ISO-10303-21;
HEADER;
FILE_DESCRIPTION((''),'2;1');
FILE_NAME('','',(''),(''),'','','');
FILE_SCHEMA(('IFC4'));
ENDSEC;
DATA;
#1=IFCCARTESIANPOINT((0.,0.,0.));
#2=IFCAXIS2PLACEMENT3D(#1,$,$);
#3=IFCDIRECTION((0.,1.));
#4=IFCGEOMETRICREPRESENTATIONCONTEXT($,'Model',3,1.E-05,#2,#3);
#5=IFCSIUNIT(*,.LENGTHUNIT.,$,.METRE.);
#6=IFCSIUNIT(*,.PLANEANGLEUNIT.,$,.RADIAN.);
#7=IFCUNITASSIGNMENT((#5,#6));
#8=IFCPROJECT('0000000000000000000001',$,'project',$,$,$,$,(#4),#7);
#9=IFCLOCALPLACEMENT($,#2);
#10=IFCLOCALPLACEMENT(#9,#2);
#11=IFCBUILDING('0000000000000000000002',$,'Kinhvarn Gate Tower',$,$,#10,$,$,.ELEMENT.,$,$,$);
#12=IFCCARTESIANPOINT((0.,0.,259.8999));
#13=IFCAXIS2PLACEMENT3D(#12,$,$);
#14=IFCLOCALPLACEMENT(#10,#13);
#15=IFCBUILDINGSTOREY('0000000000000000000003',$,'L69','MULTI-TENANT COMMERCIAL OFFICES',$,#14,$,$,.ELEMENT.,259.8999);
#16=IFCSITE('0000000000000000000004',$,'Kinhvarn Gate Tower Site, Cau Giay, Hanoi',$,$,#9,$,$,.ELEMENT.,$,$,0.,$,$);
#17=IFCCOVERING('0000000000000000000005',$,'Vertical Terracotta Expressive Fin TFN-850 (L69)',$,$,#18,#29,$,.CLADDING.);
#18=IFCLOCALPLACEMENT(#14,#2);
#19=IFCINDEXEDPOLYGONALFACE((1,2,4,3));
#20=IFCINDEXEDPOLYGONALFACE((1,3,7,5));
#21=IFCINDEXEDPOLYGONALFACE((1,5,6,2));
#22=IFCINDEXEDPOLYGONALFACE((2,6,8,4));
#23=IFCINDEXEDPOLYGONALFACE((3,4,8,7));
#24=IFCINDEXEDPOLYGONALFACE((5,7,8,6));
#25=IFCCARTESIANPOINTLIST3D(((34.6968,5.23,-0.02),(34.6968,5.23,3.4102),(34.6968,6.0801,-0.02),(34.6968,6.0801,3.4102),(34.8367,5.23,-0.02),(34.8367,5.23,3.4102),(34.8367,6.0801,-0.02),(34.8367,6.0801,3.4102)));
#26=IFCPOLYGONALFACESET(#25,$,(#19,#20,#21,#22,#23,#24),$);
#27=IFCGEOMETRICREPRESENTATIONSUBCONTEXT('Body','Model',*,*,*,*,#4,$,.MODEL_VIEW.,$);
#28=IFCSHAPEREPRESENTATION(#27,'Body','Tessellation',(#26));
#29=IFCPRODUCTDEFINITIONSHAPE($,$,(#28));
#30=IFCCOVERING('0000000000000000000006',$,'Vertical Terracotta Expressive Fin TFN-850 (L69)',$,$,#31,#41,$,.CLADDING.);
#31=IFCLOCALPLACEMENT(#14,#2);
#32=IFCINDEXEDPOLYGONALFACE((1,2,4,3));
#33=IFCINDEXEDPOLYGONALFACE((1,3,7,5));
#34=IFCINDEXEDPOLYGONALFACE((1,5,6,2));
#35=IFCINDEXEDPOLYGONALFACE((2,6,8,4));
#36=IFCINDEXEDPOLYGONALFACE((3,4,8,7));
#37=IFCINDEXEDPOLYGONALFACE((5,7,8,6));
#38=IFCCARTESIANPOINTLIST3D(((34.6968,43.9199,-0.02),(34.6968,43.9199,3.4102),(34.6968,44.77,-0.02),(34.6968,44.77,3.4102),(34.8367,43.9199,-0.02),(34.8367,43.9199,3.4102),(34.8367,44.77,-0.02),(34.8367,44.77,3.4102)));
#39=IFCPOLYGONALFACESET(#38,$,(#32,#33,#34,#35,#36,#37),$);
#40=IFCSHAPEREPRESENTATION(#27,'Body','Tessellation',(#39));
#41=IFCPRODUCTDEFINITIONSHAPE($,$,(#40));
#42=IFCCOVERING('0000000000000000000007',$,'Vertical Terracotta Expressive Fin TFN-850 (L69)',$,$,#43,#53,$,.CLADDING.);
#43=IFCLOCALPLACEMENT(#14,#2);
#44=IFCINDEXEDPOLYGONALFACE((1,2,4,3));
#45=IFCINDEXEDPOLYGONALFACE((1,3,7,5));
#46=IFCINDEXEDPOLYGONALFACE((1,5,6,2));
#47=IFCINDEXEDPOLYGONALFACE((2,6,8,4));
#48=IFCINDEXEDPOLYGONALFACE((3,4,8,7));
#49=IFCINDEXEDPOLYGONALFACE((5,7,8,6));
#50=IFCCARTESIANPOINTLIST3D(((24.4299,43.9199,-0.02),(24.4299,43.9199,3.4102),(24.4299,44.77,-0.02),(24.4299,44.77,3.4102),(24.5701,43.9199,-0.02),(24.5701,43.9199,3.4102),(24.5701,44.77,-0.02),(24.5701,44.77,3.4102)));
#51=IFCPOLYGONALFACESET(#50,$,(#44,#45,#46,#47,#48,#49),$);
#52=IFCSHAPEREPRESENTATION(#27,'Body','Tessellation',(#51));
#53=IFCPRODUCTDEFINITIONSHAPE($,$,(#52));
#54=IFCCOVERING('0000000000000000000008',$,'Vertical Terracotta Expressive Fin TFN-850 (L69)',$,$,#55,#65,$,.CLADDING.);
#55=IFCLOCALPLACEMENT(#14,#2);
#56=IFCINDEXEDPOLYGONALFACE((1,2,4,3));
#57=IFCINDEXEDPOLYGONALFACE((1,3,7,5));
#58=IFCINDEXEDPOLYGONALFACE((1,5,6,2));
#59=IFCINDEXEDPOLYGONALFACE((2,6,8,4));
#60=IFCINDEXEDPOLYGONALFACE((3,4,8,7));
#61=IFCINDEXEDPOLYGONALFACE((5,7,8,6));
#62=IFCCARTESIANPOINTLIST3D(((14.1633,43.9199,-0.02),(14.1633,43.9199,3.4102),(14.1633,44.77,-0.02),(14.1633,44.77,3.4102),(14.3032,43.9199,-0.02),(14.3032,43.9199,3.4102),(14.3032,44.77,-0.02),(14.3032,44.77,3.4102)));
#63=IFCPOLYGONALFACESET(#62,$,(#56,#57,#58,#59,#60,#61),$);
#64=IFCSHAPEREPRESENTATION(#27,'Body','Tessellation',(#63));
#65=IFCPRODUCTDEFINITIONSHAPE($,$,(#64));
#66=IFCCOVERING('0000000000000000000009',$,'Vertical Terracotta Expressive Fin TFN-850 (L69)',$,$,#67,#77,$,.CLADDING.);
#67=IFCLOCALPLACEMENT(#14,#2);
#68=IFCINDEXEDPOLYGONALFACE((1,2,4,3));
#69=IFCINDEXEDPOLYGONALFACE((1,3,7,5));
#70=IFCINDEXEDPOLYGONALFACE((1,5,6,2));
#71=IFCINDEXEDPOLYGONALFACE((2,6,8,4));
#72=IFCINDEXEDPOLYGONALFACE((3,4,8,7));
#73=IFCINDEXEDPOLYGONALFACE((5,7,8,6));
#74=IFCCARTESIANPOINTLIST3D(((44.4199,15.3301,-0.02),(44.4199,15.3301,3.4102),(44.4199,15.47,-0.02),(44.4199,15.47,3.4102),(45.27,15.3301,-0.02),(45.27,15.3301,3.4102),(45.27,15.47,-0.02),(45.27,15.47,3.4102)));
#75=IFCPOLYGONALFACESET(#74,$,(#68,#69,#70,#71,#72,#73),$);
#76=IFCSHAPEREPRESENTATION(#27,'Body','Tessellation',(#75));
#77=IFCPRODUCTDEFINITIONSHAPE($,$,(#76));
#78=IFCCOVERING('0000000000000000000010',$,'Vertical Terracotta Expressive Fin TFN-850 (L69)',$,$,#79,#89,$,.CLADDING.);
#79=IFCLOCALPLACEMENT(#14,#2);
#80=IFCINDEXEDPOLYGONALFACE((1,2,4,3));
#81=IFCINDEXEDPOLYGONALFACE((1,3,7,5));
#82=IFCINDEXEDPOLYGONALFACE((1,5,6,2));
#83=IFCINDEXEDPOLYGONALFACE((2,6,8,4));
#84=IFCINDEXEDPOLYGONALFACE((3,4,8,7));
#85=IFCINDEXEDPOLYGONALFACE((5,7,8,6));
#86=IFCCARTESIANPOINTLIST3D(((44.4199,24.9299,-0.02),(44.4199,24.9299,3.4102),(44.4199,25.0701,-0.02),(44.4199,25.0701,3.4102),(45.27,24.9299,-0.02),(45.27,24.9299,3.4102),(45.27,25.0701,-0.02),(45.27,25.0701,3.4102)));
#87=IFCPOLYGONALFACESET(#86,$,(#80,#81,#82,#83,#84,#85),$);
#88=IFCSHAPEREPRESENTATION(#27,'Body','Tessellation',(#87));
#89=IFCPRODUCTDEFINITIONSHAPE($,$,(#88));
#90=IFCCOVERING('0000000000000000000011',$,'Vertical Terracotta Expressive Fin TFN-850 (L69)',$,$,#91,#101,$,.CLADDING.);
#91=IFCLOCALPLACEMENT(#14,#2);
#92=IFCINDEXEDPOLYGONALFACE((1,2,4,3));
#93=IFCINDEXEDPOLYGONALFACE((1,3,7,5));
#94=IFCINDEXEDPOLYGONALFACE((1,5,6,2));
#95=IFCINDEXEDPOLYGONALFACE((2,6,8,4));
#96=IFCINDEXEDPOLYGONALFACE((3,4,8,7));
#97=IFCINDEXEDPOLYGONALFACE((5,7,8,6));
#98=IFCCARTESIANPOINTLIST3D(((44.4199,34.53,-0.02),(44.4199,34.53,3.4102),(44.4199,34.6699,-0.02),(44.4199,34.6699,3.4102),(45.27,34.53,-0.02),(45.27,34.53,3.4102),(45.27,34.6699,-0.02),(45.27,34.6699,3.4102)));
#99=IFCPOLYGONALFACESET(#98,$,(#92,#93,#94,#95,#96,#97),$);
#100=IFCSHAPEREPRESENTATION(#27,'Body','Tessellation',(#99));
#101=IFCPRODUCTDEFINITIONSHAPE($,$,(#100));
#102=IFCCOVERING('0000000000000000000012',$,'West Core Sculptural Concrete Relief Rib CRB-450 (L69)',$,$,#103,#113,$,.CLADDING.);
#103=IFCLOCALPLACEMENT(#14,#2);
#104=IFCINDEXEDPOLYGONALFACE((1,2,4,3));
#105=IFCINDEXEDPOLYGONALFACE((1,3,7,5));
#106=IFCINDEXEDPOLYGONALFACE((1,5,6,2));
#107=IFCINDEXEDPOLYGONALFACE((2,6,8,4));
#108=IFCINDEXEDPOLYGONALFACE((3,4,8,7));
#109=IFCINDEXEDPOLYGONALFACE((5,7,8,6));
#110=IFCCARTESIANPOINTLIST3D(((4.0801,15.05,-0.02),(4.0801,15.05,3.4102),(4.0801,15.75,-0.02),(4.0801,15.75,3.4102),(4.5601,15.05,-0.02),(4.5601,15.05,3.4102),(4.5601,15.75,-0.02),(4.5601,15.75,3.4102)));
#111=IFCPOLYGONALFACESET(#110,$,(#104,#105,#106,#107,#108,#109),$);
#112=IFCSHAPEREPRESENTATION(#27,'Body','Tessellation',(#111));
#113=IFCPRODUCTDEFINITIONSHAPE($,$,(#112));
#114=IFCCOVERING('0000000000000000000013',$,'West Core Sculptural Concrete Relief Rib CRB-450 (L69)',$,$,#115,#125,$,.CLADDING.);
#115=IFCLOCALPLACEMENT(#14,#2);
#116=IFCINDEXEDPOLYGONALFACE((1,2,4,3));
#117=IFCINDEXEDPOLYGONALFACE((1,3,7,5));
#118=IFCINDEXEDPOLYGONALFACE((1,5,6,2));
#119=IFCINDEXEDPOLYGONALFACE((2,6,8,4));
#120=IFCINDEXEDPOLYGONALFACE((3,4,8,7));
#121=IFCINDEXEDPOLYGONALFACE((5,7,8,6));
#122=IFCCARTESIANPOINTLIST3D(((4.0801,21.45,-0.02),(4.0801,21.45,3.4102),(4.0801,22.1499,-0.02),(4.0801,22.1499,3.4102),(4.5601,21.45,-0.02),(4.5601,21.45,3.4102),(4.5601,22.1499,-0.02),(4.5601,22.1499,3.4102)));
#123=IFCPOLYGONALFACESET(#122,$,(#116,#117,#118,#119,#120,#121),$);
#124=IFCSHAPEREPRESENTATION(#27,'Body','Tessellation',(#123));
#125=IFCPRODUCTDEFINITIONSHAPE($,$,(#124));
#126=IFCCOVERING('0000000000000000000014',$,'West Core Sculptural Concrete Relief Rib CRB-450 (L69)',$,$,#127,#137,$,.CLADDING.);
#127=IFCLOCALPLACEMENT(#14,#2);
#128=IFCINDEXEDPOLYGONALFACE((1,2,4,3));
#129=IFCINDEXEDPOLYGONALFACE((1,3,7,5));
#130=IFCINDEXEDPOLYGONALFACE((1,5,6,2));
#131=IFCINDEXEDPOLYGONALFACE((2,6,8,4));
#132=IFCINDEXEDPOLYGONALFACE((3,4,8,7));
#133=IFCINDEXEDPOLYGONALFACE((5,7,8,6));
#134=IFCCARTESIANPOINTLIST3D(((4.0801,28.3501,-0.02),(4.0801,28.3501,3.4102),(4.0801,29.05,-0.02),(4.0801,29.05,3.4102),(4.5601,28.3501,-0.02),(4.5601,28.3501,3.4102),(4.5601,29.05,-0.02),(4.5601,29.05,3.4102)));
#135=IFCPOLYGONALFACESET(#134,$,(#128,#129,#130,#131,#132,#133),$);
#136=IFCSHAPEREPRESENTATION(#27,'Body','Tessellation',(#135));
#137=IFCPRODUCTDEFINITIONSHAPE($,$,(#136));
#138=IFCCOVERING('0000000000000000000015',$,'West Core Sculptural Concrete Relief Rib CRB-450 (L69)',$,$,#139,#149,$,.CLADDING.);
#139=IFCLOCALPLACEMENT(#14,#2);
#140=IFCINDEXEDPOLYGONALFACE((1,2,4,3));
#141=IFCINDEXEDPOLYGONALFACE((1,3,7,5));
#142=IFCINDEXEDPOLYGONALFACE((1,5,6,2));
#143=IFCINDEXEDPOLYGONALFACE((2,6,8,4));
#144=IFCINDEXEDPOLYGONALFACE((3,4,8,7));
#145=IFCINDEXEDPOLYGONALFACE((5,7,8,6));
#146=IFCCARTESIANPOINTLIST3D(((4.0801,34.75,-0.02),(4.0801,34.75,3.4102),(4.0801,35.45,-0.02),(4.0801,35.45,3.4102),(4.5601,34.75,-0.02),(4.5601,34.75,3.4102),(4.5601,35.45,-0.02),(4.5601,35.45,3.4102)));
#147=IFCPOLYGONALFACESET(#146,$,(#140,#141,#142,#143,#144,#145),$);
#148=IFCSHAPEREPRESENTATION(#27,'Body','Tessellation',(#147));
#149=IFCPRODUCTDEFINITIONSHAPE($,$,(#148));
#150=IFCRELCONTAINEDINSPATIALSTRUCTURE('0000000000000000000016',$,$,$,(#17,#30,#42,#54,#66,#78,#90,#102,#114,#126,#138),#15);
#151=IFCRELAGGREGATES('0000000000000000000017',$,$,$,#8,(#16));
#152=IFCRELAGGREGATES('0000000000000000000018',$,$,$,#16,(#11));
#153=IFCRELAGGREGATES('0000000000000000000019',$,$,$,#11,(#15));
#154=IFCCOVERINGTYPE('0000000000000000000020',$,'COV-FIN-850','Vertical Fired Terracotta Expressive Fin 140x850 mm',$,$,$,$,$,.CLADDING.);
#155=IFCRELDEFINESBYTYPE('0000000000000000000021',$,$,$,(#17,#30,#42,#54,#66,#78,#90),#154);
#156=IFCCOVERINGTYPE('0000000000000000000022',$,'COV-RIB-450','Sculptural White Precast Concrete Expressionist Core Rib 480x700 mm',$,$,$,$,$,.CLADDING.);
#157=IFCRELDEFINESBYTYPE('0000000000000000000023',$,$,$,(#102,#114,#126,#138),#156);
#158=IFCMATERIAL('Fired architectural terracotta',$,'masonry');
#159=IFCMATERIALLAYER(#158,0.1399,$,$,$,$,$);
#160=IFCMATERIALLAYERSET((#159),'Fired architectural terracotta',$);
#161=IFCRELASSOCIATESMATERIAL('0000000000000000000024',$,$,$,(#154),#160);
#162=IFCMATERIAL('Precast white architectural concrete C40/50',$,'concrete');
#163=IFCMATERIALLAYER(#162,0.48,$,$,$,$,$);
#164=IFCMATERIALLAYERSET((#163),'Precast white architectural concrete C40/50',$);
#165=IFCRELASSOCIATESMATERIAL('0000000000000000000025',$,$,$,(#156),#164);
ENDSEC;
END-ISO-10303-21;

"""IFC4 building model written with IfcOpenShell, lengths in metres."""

from ifc_helpers import new_model, si_unit, direction, frame, origin, place, context, subcontext, project, spatial, polyline, outline, extrude, material, layer, layer_set, type_object, element, save


model = new_model("IFC4")

# Units and contexts
model_context = context("Model", 3, precision=1e-05, world=origin(), true_north=direction((0.0, 1.0)))
body_context = subcontext(model_context, "Body", "Model", "MODEL_VIEW")
ifc_project = project(units=[si_unit("LENGTHUNIT", "METRE"), si_unit("PLANEANGLEUNIT", "RADIAN")], contexts=[model_context])

# Site, building, storey
site_placement = place(None, origin())
site = spatial("IfcSite", under=ifc_project, at=site_placement, Name="Kinhvarn Gate Tower Site, Cau Giay, Hanoi", CompositionType="ELEMENT", RefElevation=0.0)
building_placement = place(site_placement, origin())
building = spatial("IfcBuilding", under=site, at=building_placement, Name="Kinhvarn Gate Tower", CompositionType="ELEMENT")
storey_placement = place(building_placement, frame((0.0, 0.0, 259.8999)))
storey = spatial("IfcBuildingStorey", under=building, at=storey_placement, Name="L69", Description="MULTI-TENANT COMMERCIAL OFFICES", CompositionType="ELEMENT", Elevation=259.8999)

# Shared definitions
ifc_material_1 = material(Name="Precast white architectural concrete C40/50", Category="concrete")

# Coverings
ifc_material_2 = material(Name="Fired architectural terracotta", Category="masonry")
ifc_layer_1 = layer(ifc_material_2, 0.1399)
ifc_layer_set_1 = layer_set([ifc_layer_1], Name="Fired architectural terracotta")
covering_type_1 = type_object("IfcCoveringType", Name="COV-FIN-850", Description="Vertical Fired Terracotta Expressive Fin 140x850 mm", PredefinedType="CLADDING", material=ifc_layer_set_1)
covering_1_placement = place(storey_placement, frame((0.0, 0.0, -0.02)))
element("IfcCovering", 1, at=covering_1_placement, inside=storey, type_object=covering_type_1, Name="Vertical Terracotta Expressive Fin TFN-850 (L69)", PredefinedType="CLADDING", context=body_context, shape_type="SweptSolid", body=[
    extrude(outline(polyline([(34.6968, 6.0801), (34.8367, 6.0801), (34.8367, 5.23), (34.6968, 5.23), (34.6968, 6.0801)])), origin(), (0.0, 0.0, 1.0), 3.4302),
])
covering_2_placement = place(storey_placement, frame((0.0, 0.0, -0.02)))
element("IfcCovering", 2, at=covering_2_placement, inside=storey, type_object=covering_type_1, Name="Vertical Terracotta Expressive Fin TFN-850 (L69)", PredefinedType="CLADDING", context=body_context, shape_type="SweptSolid", body=[
    extrude(outline(polyline([(34.8367, 43.9199), (34.6968, 43.9199), (34.6968, 44.77), (34.8367, 44.77), (34.8367, 43.9199)])), origin(), (0.0, 0.0, 1.0), 3.4302),
])
covering_3_placement = place(storey_placement, frame((0.0, 0.0, -0.02)))
element("IfcCovering", 3, at=covering_3_placement, inside=storey, type_object=covering_type_1, Name="Vertical Terracotta Expressive Fin TFN-850 (L69)", PredefinedType="CLADDING", context=body_context, shape_type="SweptSolid", body=[
    extrude(outline(polyline([(24.5701, 43.9199), (24.4299, 43.9199), (24.4299, 44.77), (24.5701, 44.77), (24.5701, 43.9199)])), origin(), (0.0, 0.0, 1.0), 3.4302),
])
covering_4_placement = place(storey_placement, frame((0.0, 0.0, -0.02)))
element("IfcCovering", 4, at=covering_4_placement, inside=storey, type_object=covering_type_1, Name="Vertical Terracotta Expressive Fin TFN-850 (L69)", PredefinedType="CLADDING", context=body_context, shape_type="SweptSolid", body=[
    extrude(outline(polyline([(14.3032, 43.9199), (14.1633, 43.9199), (14.1633, 44.77), (14.3032, 44.77), (14.3032, 43.9199)])), origin(), (0.0, 0.0, 1.0), 3.4302),
])
covering_5_placement = place(storey_placement, frame((0.0, 0.0, -0.02)))
element("IfcCovering", 5, at=covering_5_placement, inside=storey, type_object=covering_type_1, Name="Vertical Terracotta Expressive Fin TFN-850 (L69)", PredefinedType="CLADDING", context=body_context, shape_type="SweptSolid", body=[
    extrude(outline(polyline([(44.4199, 15.3301), (44.4199, 15.47), (45.27, 15.47), (45.27, 15.3301), (44.4199, 15.3301)])), origin(), (0.0, 0.0, 1.0), 3.4302),
])
covering_6_placement = place(storey_placement, frame((0.0, 0.0, -0.02)))
element("IfcCovering", 6, at=covering_6_placement, inside=storey, type_object=covering_type_1, Name="Vertical Terracotta Expressive Fin TFN-850 (L69)", PredefinedType="CLADDING", context=body_context, shape_type="SweptSolid", body=[
    extrude(outline(polyline([(44.4199, 24.9299), (44.4199, 25.0701), (45.27, 25.0701), (45.27, 24.9299), (44.4199, 24.9299)])), origin(), (0.0, 0.0, 1.0), 3.4302),
])
covering_7_placement = place(storey_placement, frame((0.0, 0.0, -0.02)))
element("IfcCovering", 7, at=covering_7_placement, inside=storey, type_object=covering_type_1, Name="Vertical Terracotta Expressive Fin TFN-850 (L69)", PredefinedType="CLADDING", context=body_context, shape_type="SweptSolid", body=[
    extrude(outline(polyline([(44.4199, 34.53), (44.4199, 34.6699), (45.27, 34.6699), (45.27, 34.53), (44.4199, 34.53)])), origin(), (0.0, 0.0, 1.0), 3.4302),
])
ifc_layer_2 = layer(ifc_material_1, 0.48)
ifc_layer_set_2 = layer_set([ifc_layer_2], Name="Precast white architectural concrete C40/50")
covering_type_2 = type_object("IfcCoveringType", Name="COV-RIB-450", Description="Sculptural White Precast Concrete Expressionist Core Rib 480x700 mm", PredefinedType="CLADDING", material=ifc_layer_set_2)
covering_8_placement = place(storey_placement, frame((0.0, 0.0, -0.02)))
element("IfcCovering", 8, at=covering_8_placement, inside=storey, type_object=covering_type_2, Name="West Core Sculptural Concrete Relief Rib CRB-450 (L69)", PredefinedType="CLADDING", context=body_context, shape_type="SweptSolid", body=[
    extrude(outline(polyline([(4.0801, 15.05), (4.5601, 15.05), (4.5601, 15.75), (4.0801, 15.75), (4.0801, 15.05)])), origin(), (0.0, 0.0, 1.0), 3.4302),
])
covering_9_placement = place(storey_placement, frame((0.0, 0.0, -0.02)))
element("IfcCovering", 9, at=covering_9_placement, inside=storey, type_object=covering_type_2, Name="West Core Sculptural Concrete Relief Rib CRB-450 (L69)", PredefinedType="CLADDING", context=body_context, shape_type="SweptSolid", body=[
    extrude(outline(polyline([(4.0801, 21.45), (4.5601, 21.45), (4.5601, 22.1499), (4.0801, 22.1499), (4.0801, 21.45)])), origin(), (0.0, 0.0, 1.0), 3.4302),
])
covering_10_placement = place(storey_placement, frame((0.0, 0.0, -0.02)))
element("IfcCovering", 10, at=covering_10_placement, inside=storey, type_object=covering_type_2, Name="West Core Sculptural Concrete Relief Rib CRB-450 (L69)", PredefinedType="CLADDING", context=body_context, shape_type="SweptSolid", body=[
    extrude(outline(polyline([(4.0801, 28.3501), (4.5601, 28.3501), (4.5601, 29.05), (4.0801, 29.05), (4.0801, 28.3501)])), origin(), (0.0, 0.0, 1.0), 3.4302),
])
covering_11_placement = place(storey_placement, frame((0.0, 0.0, -0.02)))
element("IfcCovering", 11, at=covering_11_placement, inside=storey, type_object=covering_type_2, Name="West Core Sculptural Concrete Relief Rib CRB-450 (L69)", PredefinedType="CLADDING", context=body_context, shape_type="SweptSolid", body=[
    extrude(outline(polyline([(4.0801, 34.75), (4.5601, 34.75), (4.5601, 35.45), (4.0801, 35.45), (4.0801, 34.75)])), origin(), (0.0, 0.0, 1.0), 3.4302),
])

save(model, "model.ifc")
